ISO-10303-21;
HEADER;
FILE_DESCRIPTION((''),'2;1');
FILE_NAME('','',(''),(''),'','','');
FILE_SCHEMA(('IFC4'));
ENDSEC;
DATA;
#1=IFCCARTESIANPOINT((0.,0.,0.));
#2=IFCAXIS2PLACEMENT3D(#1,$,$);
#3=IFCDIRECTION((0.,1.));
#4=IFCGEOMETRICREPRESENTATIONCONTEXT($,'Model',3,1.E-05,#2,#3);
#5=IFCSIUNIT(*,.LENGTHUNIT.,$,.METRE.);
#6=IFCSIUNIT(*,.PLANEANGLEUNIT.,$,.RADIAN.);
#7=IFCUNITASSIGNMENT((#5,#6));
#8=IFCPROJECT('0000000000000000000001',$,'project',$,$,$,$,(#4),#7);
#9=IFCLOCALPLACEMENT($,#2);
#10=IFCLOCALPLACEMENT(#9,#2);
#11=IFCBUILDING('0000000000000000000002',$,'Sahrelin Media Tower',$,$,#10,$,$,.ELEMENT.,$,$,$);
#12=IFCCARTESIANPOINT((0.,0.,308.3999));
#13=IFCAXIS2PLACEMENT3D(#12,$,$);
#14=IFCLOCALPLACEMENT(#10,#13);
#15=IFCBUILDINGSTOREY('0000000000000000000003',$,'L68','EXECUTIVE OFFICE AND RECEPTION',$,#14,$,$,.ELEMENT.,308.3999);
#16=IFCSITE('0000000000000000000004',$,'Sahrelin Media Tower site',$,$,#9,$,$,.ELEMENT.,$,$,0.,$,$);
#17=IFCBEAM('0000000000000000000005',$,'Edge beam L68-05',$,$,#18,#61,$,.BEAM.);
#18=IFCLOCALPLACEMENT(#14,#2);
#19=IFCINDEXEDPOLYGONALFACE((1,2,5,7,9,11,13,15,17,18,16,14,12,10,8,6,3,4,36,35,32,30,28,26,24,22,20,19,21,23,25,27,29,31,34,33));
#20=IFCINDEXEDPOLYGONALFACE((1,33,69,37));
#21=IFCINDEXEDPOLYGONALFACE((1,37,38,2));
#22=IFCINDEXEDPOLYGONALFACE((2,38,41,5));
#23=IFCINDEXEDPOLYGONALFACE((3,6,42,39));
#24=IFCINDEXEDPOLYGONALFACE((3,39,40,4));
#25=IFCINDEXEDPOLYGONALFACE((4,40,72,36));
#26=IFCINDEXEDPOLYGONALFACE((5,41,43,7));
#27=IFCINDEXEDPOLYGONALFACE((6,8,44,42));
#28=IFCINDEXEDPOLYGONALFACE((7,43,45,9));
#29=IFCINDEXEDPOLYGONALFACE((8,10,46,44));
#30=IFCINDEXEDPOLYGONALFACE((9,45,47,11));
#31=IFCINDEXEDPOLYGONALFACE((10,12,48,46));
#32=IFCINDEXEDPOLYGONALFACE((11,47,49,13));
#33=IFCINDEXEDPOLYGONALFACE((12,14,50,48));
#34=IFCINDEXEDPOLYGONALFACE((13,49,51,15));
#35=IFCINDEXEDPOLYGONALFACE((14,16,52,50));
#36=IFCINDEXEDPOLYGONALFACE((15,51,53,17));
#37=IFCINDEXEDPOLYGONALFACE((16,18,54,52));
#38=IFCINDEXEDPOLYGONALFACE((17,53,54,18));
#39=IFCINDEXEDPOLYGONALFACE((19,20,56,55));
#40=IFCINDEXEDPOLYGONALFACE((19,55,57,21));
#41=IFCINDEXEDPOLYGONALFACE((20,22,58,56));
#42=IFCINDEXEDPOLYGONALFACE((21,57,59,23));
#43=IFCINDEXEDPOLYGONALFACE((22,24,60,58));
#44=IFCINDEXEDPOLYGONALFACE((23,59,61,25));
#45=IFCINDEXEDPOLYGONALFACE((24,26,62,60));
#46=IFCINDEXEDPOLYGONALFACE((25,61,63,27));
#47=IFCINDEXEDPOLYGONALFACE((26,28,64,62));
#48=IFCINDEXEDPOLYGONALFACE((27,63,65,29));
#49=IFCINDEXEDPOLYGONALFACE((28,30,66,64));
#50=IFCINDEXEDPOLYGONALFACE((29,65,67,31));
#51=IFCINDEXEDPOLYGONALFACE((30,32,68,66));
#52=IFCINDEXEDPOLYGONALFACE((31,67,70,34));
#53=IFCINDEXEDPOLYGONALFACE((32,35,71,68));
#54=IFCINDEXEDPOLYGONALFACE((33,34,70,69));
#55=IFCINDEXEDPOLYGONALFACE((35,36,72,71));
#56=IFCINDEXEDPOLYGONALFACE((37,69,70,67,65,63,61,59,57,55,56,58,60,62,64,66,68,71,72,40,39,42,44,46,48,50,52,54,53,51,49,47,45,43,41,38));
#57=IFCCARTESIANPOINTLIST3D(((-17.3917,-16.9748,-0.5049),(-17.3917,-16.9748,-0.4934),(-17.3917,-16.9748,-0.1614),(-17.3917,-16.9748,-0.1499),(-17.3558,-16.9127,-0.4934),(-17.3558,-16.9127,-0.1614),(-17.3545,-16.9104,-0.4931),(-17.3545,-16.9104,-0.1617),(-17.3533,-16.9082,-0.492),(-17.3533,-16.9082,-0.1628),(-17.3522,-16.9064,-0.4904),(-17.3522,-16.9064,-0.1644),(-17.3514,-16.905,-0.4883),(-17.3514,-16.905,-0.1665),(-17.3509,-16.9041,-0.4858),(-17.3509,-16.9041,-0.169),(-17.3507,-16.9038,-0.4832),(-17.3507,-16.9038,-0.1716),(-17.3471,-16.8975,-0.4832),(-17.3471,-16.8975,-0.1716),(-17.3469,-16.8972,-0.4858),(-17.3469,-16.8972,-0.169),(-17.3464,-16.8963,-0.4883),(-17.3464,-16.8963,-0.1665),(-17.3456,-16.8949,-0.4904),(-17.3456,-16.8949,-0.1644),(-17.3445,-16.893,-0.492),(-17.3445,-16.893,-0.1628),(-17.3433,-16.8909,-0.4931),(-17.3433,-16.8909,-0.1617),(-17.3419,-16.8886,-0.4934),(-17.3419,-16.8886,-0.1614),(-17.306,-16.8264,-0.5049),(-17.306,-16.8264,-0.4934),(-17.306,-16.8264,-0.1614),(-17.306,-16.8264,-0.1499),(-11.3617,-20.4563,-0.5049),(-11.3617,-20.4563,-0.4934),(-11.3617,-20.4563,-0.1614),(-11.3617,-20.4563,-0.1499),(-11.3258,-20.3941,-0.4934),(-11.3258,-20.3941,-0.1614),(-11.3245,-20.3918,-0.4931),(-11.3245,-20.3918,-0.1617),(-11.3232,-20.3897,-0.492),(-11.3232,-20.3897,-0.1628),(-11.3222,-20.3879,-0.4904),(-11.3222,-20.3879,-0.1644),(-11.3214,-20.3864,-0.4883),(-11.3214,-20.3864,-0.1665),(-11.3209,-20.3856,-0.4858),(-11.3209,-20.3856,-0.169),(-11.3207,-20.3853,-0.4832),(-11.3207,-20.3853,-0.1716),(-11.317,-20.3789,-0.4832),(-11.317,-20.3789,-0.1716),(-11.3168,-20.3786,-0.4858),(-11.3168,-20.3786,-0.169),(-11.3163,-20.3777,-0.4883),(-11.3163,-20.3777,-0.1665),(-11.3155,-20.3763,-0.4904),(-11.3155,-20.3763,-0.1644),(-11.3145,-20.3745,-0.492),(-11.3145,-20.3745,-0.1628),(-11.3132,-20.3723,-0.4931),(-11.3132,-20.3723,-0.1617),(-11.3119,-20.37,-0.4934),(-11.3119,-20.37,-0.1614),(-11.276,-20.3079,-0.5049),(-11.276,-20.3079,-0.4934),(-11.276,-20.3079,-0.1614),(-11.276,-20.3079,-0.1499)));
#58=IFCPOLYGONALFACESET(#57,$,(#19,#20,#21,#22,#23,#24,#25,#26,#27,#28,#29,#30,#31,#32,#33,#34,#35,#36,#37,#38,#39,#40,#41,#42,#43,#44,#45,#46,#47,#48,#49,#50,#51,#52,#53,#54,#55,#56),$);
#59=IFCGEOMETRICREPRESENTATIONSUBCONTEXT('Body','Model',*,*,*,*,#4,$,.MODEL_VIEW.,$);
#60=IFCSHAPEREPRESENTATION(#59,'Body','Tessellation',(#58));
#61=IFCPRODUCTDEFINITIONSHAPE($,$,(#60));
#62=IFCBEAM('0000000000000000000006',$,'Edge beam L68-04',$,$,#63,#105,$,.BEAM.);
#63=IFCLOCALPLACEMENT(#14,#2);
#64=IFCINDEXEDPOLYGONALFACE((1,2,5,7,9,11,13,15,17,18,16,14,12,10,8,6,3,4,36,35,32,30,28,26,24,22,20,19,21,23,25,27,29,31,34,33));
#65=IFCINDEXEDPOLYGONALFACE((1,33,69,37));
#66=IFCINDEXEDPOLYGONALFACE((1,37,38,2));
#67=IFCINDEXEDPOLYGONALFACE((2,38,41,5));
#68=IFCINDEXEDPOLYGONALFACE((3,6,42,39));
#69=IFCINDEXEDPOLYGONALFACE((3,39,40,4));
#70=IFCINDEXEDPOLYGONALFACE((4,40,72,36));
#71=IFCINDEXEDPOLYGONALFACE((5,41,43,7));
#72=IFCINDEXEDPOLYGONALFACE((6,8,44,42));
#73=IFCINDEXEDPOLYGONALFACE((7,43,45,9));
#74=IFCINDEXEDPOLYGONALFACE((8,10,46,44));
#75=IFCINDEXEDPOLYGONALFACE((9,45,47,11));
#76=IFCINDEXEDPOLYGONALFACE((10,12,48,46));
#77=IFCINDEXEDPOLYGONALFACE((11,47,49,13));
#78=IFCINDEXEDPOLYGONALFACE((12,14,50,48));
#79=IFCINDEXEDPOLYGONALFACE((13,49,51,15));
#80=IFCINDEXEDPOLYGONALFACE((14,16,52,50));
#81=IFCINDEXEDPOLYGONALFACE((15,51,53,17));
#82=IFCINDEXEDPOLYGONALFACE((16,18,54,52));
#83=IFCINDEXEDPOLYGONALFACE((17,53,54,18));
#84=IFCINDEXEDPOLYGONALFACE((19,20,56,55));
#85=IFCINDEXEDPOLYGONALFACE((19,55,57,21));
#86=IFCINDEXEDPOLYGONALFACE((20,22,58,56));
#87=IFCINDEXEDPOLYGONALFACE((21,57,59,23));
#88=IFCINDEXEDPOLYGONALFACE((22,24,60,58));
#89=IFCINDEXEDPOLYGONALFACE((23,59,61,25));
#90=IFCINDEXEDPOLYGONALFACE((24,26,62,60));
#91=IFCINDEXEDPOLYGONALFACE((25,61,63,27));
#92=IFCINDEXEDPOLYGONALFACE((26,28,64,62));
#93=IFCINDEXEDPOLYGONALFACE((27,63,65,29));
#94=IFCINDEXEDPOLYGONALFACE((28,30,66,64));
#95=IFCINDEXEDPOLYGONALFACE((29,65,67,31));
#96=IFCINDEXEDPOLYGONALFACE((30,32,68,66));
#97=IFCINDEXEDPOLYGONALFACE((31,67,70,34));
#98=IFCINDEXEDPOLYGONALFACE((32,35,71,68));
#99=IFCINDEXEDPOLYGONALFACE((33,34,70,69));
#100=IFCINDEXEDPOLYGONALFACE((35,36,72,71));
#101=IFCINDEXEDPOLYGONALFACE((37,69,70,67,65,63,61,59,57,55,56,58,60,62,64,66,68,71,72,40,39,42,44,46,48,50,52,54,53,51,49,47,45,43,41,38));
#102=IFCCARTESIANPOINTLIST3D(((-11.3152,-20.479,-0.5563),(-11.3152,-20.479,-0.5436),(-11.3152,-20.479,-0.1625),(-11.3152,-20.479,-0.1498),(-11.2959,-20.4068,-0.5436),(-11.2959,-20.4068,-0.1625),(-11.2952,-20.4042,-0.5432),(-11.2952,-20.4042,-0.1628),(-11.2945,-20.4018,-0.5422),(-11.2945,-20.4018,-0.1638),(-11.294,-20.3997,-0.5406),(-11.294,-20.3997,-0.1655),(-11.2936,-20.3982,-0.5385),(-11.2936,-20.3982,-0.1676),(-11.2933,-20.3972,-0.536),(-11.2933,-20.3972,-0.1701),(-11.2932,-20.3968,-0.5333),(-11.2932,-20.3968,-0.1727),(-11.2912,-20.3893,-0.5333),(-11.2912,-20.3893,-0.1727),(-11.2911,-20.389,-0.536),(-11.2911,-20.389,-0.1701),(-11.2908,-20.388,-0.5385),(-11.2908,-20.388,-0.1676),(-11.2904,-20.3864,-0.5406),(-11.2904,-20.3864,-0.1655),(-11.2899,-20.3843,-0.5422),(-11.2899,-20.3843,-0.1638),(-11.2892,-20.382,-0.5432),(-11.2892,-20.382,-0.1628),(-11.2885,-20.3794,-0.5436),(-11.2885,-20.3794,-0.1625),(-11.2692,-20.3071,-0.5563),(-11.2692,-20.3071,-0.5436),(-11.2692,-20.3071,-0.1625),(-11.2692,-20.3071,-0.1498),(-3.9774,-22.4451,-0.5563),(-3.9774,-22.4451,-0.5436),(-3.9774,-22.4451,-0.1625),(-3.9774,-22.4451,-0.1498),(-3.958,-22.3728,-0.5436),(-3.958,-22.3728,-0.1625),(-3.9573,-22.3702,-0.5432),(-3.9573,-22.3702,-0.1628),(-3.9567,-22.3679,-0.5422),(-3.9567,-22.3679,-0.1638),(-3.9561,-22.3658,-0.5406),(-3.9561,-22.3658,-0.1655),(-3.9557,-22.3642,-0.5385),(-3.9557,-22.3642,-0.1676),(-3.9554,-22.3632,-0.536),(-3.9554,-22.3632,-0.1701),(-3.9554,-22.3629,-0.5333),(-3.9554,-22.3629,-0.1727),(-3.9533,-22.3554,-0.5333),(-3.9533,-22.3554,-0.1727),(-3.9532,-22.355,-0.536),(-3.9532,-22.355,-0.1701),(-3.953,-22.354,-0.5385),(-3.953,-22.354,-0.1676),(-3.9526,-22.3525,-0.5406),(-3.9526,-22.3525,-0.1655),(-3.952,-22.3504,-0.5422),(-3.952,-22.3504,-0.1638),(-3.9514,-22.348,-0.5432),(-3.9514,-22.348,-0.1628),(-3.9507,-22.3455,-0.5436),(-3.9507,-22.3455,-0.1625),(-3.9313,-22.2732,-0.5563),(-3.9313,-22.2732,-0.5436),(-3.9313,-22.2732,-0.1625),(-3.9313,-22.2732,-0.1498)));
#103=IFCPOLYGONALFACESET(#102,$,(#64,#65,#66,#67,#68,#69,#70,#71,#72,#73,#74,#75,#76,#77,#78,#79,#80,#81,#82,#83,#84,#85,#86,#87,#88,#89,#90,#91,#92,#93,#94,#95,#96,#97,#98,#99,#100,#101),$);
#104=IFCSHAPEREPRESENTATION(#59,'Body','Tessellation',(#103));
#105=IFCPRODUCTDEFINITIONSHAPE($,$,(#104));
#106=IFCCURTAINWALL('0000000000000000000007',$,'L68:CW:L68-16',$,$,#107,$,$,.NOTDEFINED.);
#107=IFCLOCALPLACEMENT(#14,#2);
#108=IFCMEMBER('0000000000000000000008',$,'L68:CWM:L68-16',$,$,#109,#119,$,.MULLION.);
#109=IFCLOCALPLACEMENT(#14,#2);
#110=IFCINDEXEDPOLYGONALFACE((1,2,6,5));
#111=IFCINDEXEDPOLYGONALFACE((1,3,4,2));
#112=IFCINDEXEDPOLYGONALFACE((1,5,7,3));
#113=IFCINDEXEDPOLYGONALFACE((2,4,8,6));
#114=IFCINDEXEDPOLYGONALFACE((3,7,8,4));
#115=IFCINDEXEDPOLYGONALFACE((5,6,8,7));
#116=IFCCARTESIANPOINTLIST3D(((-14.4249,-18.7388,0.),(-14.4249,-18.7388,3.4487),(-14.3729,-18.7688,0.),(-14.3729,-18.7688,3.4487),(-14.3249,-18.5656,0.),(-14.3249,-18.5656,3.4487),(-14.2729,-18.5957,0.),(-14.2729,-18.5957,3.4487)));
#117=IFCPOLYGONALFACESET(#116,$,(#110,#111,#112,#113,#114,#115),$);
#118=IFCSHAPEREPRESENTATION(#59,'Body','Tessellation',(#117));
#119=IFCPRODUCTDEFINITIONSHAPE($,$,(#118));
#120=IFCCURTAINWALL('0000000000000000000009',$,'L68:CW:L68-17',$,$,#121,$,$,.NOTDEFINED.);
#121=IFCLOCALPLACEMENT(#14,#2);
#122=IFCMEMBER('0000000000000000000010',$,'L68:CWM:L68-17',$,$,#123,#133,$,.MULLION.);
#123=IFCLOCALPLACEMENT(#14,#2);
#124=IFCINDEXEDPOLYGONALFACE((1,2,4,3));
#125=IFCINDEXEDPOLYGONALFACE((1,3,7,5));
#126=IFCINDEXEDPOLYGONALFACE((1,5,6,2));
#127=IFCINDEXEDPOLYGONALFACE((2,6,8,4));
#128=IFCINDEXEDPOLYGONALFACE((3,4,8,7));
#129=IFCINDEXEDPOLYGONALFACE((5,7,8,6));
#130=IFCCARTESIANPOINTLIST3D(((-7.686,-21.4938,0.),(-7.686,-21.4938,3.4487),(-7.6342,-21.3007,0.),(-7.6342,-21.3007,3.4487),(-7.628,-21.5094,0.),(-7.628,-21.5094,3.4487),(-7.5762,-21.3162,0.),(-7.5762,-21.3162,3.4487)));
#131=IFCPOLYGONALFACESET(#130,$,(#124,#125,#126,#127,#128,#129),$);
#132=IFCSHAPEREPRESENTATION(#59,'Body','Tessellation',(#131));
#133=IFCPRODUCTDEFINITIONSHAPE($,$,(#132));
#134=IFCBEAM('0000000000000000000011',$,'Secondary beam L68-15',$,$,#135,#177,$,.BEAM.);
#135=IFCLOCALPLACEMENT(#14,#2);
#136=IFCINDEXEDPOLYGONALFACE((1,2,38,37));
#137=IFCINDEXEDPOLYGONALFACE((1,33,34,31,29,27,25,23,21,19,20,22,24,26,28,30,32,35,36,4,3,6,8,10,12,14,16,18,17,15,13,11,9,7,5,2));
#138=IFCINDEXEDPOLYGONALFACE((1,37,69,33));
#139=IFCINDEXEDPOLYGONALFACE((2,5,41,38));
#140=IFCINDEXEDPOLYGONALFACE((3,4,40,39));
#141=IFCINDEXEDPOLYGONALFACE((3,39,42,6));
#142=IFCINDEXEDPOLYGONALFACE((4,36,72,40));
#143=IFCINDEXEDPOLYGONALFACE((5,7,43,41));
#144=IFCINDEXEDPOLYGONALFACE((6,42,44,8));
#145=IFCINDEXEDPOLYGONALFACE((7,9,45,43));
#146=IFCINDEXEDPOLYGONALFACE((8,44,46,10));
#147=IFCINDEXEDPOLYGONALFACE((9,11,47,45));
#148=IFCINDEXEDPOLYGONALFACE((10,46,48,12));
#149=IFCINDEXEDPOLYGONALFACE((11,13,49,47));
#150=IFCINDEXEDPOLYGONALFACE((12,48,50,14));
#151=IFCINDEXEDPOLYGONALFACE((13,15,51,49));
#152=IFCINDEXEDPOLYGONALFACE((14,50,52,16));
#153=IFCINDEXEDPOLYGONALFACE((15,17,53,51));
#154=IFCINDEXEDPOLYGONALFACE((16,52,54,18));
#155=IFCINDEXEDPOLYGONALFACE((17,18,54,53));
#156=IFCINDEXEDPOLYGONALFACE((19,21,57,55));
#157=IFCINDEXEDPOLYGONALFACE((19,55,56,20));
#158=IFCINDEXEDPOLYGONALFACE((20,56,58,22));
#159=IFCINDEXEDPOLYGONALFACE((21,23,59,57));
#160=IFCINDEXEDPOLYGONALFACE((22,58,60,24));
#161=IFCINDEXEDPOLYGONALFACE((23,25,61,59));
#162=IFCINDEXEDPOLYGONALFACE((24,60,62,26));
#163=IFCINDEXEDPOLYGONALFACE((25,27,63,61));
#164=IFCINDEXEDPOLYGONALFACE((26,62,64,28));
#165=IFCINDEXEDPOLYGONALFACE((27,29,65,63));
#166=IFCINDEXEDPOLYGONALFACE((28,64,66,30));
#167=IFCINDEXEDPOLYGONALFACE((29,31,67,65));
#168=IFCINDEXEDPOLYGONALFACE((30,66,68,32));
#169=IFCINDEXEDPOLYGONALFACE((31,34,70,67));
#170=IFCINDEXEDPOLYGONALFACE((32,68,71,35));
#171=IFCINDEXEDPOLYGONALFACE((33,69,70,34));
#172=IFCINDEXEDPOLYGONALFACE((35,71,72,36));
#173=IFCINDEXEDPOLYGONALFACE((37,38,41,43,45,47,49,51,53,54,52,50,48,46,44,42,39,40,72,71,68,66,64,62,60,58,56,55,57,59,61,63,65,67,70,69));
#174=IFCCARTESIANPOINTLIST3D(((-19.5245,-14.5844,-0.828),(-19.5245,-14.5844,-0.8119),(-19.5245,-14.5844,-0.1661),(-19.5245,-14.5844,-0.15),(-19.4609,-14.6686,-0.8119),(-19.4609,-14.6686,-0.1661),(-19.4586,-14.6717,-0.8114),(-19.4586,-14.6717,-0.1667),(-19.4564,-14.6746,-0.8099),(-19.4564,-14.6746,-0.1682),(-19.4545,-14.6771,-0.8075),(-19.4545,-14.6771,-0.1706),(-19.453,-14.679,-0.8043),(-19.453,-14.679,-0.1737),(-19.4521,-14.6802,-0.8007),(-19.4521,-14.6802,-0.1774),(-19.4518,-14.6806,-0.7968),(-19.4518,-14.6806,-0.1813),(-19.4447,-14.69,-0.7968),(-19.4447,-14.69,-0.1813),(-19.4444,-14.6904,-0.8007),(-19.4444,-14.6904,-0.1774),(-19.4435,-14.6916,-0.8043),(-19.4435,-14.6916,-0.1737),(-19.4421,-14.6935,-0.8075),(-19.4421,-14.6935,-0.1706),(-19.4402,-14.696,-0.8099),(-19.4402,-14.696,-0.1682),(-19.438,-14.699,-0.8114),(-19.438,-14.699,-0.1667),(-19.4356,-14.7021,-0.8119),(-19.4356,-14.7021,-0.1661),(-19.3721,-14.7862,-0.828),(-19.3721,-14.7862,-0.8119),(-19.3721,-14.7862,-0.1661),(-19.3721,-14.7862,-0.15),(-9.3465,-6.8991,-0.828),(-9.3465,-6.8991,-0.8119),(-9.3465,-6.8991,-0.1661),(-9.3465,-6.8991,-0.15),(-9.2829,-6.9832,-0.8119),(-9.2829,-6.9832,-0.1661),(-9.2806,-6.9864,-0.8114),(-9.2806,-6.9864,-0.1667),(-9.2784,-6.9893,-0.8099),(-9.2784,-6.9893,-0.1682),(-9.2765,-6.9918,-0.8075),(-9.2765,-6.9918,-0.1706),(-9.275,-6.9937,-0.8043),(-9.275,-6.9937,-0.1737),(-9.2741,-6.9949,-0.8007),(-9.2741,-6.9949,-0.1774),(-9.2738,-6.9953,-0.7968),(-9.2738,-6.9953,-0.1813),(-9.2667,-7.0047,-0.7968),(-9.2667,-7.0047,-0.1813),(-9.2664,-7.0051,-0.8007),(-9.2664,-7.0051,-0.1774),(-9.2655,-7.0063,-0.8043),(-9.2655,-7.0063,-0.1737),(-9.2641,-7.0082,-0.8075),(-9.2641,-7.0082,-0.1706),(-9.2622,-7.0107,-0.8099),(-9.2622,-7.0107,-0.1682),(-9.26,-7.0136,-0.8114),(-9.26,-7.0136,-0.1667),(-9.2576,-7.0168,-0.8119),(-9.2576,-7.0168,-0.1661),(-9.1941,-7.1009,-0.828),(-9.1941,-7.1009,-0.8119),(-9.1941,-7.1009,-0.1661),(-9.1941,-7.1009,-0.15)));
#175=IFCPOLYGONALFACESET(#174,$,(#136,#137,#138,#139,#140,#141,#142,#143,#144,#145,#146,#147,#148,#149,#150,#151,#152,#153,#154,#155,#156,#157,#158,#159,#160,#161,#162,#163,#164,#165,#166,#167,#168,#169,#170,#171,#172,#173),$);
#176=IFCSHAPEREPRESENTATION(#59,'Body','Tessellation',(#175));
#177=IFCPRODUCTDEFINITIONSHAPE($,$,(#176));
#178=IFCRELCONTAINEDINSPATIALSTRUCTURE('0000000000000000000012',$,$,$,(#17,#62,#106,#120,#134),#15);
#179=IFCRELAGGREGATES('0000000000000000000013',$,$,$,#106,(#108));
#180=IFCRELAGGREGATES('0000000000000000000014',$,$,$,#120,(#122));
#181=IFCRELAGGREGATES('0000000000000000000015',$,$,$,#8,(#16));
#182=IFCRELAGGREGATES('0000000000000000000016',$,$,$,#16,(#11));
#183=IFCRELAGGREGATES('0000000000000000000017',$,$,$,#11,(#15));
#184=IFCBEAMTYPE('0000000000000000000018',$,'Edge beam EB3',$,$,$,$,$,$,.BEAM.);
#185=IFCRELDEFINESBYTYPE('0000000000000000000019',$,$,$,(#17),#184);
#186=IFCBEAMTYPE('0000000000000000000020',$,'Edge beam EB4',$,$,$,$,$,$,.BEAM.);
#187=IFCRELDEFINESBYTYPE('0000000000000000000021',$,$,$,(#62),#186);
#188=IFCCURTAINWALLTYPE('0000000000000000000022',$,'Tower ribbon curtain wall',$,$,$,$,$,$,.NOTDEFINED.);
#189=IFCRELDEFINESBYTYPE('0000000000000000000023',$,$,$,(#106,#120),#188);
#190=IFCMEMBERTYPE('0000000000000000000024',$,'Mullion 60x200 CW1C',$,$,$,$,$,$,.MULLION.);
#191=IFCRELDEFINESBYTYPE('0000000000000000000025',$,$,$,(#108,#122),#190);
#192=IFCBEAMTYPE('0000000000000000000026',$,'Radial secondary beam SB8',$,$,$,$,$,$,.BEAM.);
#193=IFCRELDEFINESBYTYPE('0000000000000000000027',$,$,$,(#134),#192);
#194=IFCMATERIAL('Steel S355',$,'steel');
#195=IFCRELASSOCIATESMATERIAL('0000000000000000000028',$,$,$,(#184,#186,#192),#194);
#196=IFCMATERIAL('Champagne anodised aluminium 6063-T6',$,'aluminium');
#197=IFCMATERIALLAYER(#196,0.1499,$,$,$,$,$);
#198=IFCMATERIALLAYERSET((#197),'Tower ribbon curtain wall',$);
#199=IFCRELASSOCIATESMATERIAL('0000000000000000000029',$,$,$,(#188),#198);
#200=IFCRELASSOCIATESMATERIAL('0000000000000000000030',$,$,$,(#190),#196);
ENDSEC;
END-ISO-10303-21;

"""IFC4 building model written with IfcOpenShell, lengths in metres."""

from ifc_helpers import new_model, si_unit, direction, frame, origin, origin_2d, place, context, subcontext, project, spatial, rectangle, i_section, extrude, material, layer, layer_set, material_profile, profile_set, type_object, element, aggregate, save


model = new_model("IFC4")

# Units and contexts
model_context = context("Model", 3, precision=1e-05, world=origin(), true_north=direction((0.0, 1.0)))
body_context = subcontext(model_context, "Body", "Model", "MODEL_VIEW")
ifc_project = project(units=[si_unit("LENGTHUNIT", "METRE"), si_unit("PLANEANGLEUNIT", "RADIAN")], contexts=[model_context])

# Site, building, storey
site_placement = place(None, origin())
site = spatial("IfcSite", under=ifc_project, at=site_placement, Name="Sahrelin Media Tower site", CompositionType="ELEMENT", RefElevation=0.0)
building_placement = place(site_placement, origin())
building = spatial("IfcBuilding", under=site, at=building_placement, Name="Sahrelin Media Tower", CompositionType="ELEMENT")
storey_placement = place(building_placement, frame((0.0, 0.0, 308.3999)))
storey = spatial("IfcBuildingStorey", under=building, at=storey_placement, Name="L68", Description="EXECUTIVE OFFICE AND RECEPTION", CompositionType="ELEMENT", Elevation=308.3999)

# Beams
ifc_material_1 = material(Name="Steel S355", Category="steel")
ifc_material_profile_1 = material_profile(ifc_material_1, i_section(OverallWidth=0.1714, OverallDepth=0.355, WebThickness=0.0073, FlangeThickness=0.0115, FilletRadius=0.0103, at=origin_2d()), Name="UB 356x171x51")
ifc_profile_set_1 = profile_set([ifc_material_profile_1], Name="Steel S355")
beam_type_1 = type_object("IfcBeamType", Name="Edge beam EB3", PredefinedType="BEAM", material=ifc_profile_set_1)
beam_1_placement = place(storey_placement, frame((-11.3188, -20.3821, -0.3274), z_axis=(-0.866025, 0.500001, 0.0), x_axis=(-0.500001, -0.866025, 0.0)))
element("IfcBeam", 1, at=beam_1_placement, inside=storey, type_object=beam_type_1, Name="Edge beam L68-05", PredefinedType="BEAM", context=body_context, shape_type="SweptSolid", body=[
    extrude(i_section(OverallWidth=0.1714, OverallDepth=0.355, WebThickness=0.0073, FlangeThickness=0.0115, FilletRadius=0.0103, at=origin_2d()), origin(), (0.0, 0.0, 1.0), 6.9629),
])
ifc_material_profile_2 = material_profile(ifc_material_1, i_section(OverallWidth=0.178, OverallDepth=0.4065, WebThickness=0.0078, FlangeThickness=0.0127, FilletRadius=0.0103, at=origin_2d()), Name="UB 406x178x60")
ifc_profile_set_2 = profile_set([ifc_material_profile_2], Name="Steel S355")
beam_type_2 = type_object("IfcBeamType", Name="Edge beam EB4", PredefinedType="BEAM", material=ifc_profile_set_2)
beam_2_placement = place(storey_placement, frame((-3.9543, -22.3591, -0.353), z_axis=(-0.96593, 0.258805, 0.0), x_axis=(-0.258805, -0.96593, 0.0)))
element("IfcBeam", 2, at=beam_2_placement, inside=storey, type_object=beam_type_2, Name="Edge beam L68-04", PredefinedType="BEAM", context=body_context, shape_type="SweptSolid", body=[
    extrude(i_section(OverallWidth=0.178, OverallDepth=0.4065, WebThickness=0.0078, FlangeThickness=0.0127, FilletRadius=0.0103, at=origin_2d()), origin(), (0.0, 0.0, 1.0), 7.5967),
])

# Curtain walls, members
ifc_material_2 = material(Name="Champagne anodised aluminium 6063-T6", Category="aluminium")
ifc_layer_1 = layer(ifc_material_2, 0.1499)
ifc_layer_set_1 = layer_set([ifc_layer_1], Name="Tower ribbon curtain wall")
curtain_wall_type = type_object("IfcCurtainWallType", Name="Tower ribbon curtain wall", PredefinedType="NOTDEFINED", material=ifc_layer_set_1)
curtain_wall_1_placement = place(storey_placement, frame((-14.4089, -18.7712, 0.0), z_axis=(0.0, 0.0, 1.0), x_axis=(1.0, 0.0, 0.0)))
curtain_wall_1 = element("IfcCurtainWall", 3, at=curtain_wall_1_placement, inside=storey, type_object=curtain_wall_type, Name="L68:CW:L68-16", PredefinedType="NOTDEFINED")
ifc_material_profile_3 = material_profile(ifc_material_2, rectangle(XDim=0.0601, YDim=0.2, at=origin_2d()), Name="Mullion 60x200")
ifc_profile_set_3 = profile_set([ifc_material_profile_3], Name="Champagne anodised aluminium 6063-T6")
member_type_1 = type_object("IfcMemberType", Name="Mullion 60x200 CW1C", PredefinedType="MULLION", material=ifc_profile_set_3)
member_1_placement = place(storey_placement, frame((-14.3489, -18.6672, 0.0), z_axis=(0.0, 0.0, 1.0), x_axis=(0.866029, -0.499994, 0.0)))
member_1 = element("IfcMember", 4, at=member_1_placement, type_object=member_type_1, Name="L68:CWM:L68-16", PredefinedType="MULLION", context=body_context, shape_type="SweptSolid", body=[
    extrude(rectangle(XDim=0.0601, YDim=0.2, at=origin_2d()), origin(), (0.0, 0.0, 1.0), 3.4487),
])
aggregate(curtain_wall_1, [member_1])
curtain_wall_2_placement = place(storey_placement, frame((-7.6621, -21.521, 0.0), z_axis=(0.0, 0.0, 1.0), x_axis=(1.0, 0.0, 0.0)))
curtain_wall_2 = element("IfcCurtainWall", 5, at=curtain_wall_2_placement, inside=storey, type_object=curtain_wall_type, Name="L68:CW:L68-17", PredefinedType="NOTDEFINED")
member_2_placement = place(storey_placement, frame((-7.6311, -21.405, 0.0), z_axis=(0.0, 0.0, 1.0), x_axis=(0.965923, -0.258829, 0.0)))
member_2 = element("IfcMember", 6, at=member_2_placement, type_object=member_type_1, Name="L68:CWM:L68-17", PredefinedType="MULLION", context=body_context, shape_type="SweptSolid", body=[
    extrude(rectangle(XDim=0.0601, YDim=0.2, at=origin_2d()), origin(), (0.0, 0.0, 1.0), 3.4487),
])

# Beam
ifc_material_profile_4 = material_profile(ifc_material_1, i_section(OverallWidth=0.2529, OverallDepth=0.678, WebThickness=0.0117, FlangeThickness=0.0161, FilletRadius=0.0151, at=origin_2d()), Name="UB 686x254x125")
ifc_profile_set_4 = profile_set([ifc_material_profile_4], Name="Steel S355")
beam_type_3 = type_object("IfcBeamType", Name="Radial secondary beam SB8", PredefinedType="BEAM", material=ifc_profile_set_4)
beam_3_placement = place(storey_placement, frame((-9.2703, -7.0, -0.489), z_axis=(-0.798046, -0.602597, 0.0), x_axis=(0.602597, -0.798046, 0.0)))
element("IfcBeam", 7, at=beam_3_placement, inside=storey, type_object=beam_type_3, Name="Secondary beam L68-15", PredefinedType="BEAM", context=body_context, shape_type="SweptSolid", body=[
    extrude(i_section(OverallWidth=0.2529, OverallDepth=0.678, WebThickness=0.0117, FlangeThickness=0.0161, FilletRadius=0.0151, at=origin_2d()), origin(), (0.0, 0.0, 1.0), 12.7537),
])

aggregate(curtain_wall_2, [member_2])

save(model, "model.ifc")
